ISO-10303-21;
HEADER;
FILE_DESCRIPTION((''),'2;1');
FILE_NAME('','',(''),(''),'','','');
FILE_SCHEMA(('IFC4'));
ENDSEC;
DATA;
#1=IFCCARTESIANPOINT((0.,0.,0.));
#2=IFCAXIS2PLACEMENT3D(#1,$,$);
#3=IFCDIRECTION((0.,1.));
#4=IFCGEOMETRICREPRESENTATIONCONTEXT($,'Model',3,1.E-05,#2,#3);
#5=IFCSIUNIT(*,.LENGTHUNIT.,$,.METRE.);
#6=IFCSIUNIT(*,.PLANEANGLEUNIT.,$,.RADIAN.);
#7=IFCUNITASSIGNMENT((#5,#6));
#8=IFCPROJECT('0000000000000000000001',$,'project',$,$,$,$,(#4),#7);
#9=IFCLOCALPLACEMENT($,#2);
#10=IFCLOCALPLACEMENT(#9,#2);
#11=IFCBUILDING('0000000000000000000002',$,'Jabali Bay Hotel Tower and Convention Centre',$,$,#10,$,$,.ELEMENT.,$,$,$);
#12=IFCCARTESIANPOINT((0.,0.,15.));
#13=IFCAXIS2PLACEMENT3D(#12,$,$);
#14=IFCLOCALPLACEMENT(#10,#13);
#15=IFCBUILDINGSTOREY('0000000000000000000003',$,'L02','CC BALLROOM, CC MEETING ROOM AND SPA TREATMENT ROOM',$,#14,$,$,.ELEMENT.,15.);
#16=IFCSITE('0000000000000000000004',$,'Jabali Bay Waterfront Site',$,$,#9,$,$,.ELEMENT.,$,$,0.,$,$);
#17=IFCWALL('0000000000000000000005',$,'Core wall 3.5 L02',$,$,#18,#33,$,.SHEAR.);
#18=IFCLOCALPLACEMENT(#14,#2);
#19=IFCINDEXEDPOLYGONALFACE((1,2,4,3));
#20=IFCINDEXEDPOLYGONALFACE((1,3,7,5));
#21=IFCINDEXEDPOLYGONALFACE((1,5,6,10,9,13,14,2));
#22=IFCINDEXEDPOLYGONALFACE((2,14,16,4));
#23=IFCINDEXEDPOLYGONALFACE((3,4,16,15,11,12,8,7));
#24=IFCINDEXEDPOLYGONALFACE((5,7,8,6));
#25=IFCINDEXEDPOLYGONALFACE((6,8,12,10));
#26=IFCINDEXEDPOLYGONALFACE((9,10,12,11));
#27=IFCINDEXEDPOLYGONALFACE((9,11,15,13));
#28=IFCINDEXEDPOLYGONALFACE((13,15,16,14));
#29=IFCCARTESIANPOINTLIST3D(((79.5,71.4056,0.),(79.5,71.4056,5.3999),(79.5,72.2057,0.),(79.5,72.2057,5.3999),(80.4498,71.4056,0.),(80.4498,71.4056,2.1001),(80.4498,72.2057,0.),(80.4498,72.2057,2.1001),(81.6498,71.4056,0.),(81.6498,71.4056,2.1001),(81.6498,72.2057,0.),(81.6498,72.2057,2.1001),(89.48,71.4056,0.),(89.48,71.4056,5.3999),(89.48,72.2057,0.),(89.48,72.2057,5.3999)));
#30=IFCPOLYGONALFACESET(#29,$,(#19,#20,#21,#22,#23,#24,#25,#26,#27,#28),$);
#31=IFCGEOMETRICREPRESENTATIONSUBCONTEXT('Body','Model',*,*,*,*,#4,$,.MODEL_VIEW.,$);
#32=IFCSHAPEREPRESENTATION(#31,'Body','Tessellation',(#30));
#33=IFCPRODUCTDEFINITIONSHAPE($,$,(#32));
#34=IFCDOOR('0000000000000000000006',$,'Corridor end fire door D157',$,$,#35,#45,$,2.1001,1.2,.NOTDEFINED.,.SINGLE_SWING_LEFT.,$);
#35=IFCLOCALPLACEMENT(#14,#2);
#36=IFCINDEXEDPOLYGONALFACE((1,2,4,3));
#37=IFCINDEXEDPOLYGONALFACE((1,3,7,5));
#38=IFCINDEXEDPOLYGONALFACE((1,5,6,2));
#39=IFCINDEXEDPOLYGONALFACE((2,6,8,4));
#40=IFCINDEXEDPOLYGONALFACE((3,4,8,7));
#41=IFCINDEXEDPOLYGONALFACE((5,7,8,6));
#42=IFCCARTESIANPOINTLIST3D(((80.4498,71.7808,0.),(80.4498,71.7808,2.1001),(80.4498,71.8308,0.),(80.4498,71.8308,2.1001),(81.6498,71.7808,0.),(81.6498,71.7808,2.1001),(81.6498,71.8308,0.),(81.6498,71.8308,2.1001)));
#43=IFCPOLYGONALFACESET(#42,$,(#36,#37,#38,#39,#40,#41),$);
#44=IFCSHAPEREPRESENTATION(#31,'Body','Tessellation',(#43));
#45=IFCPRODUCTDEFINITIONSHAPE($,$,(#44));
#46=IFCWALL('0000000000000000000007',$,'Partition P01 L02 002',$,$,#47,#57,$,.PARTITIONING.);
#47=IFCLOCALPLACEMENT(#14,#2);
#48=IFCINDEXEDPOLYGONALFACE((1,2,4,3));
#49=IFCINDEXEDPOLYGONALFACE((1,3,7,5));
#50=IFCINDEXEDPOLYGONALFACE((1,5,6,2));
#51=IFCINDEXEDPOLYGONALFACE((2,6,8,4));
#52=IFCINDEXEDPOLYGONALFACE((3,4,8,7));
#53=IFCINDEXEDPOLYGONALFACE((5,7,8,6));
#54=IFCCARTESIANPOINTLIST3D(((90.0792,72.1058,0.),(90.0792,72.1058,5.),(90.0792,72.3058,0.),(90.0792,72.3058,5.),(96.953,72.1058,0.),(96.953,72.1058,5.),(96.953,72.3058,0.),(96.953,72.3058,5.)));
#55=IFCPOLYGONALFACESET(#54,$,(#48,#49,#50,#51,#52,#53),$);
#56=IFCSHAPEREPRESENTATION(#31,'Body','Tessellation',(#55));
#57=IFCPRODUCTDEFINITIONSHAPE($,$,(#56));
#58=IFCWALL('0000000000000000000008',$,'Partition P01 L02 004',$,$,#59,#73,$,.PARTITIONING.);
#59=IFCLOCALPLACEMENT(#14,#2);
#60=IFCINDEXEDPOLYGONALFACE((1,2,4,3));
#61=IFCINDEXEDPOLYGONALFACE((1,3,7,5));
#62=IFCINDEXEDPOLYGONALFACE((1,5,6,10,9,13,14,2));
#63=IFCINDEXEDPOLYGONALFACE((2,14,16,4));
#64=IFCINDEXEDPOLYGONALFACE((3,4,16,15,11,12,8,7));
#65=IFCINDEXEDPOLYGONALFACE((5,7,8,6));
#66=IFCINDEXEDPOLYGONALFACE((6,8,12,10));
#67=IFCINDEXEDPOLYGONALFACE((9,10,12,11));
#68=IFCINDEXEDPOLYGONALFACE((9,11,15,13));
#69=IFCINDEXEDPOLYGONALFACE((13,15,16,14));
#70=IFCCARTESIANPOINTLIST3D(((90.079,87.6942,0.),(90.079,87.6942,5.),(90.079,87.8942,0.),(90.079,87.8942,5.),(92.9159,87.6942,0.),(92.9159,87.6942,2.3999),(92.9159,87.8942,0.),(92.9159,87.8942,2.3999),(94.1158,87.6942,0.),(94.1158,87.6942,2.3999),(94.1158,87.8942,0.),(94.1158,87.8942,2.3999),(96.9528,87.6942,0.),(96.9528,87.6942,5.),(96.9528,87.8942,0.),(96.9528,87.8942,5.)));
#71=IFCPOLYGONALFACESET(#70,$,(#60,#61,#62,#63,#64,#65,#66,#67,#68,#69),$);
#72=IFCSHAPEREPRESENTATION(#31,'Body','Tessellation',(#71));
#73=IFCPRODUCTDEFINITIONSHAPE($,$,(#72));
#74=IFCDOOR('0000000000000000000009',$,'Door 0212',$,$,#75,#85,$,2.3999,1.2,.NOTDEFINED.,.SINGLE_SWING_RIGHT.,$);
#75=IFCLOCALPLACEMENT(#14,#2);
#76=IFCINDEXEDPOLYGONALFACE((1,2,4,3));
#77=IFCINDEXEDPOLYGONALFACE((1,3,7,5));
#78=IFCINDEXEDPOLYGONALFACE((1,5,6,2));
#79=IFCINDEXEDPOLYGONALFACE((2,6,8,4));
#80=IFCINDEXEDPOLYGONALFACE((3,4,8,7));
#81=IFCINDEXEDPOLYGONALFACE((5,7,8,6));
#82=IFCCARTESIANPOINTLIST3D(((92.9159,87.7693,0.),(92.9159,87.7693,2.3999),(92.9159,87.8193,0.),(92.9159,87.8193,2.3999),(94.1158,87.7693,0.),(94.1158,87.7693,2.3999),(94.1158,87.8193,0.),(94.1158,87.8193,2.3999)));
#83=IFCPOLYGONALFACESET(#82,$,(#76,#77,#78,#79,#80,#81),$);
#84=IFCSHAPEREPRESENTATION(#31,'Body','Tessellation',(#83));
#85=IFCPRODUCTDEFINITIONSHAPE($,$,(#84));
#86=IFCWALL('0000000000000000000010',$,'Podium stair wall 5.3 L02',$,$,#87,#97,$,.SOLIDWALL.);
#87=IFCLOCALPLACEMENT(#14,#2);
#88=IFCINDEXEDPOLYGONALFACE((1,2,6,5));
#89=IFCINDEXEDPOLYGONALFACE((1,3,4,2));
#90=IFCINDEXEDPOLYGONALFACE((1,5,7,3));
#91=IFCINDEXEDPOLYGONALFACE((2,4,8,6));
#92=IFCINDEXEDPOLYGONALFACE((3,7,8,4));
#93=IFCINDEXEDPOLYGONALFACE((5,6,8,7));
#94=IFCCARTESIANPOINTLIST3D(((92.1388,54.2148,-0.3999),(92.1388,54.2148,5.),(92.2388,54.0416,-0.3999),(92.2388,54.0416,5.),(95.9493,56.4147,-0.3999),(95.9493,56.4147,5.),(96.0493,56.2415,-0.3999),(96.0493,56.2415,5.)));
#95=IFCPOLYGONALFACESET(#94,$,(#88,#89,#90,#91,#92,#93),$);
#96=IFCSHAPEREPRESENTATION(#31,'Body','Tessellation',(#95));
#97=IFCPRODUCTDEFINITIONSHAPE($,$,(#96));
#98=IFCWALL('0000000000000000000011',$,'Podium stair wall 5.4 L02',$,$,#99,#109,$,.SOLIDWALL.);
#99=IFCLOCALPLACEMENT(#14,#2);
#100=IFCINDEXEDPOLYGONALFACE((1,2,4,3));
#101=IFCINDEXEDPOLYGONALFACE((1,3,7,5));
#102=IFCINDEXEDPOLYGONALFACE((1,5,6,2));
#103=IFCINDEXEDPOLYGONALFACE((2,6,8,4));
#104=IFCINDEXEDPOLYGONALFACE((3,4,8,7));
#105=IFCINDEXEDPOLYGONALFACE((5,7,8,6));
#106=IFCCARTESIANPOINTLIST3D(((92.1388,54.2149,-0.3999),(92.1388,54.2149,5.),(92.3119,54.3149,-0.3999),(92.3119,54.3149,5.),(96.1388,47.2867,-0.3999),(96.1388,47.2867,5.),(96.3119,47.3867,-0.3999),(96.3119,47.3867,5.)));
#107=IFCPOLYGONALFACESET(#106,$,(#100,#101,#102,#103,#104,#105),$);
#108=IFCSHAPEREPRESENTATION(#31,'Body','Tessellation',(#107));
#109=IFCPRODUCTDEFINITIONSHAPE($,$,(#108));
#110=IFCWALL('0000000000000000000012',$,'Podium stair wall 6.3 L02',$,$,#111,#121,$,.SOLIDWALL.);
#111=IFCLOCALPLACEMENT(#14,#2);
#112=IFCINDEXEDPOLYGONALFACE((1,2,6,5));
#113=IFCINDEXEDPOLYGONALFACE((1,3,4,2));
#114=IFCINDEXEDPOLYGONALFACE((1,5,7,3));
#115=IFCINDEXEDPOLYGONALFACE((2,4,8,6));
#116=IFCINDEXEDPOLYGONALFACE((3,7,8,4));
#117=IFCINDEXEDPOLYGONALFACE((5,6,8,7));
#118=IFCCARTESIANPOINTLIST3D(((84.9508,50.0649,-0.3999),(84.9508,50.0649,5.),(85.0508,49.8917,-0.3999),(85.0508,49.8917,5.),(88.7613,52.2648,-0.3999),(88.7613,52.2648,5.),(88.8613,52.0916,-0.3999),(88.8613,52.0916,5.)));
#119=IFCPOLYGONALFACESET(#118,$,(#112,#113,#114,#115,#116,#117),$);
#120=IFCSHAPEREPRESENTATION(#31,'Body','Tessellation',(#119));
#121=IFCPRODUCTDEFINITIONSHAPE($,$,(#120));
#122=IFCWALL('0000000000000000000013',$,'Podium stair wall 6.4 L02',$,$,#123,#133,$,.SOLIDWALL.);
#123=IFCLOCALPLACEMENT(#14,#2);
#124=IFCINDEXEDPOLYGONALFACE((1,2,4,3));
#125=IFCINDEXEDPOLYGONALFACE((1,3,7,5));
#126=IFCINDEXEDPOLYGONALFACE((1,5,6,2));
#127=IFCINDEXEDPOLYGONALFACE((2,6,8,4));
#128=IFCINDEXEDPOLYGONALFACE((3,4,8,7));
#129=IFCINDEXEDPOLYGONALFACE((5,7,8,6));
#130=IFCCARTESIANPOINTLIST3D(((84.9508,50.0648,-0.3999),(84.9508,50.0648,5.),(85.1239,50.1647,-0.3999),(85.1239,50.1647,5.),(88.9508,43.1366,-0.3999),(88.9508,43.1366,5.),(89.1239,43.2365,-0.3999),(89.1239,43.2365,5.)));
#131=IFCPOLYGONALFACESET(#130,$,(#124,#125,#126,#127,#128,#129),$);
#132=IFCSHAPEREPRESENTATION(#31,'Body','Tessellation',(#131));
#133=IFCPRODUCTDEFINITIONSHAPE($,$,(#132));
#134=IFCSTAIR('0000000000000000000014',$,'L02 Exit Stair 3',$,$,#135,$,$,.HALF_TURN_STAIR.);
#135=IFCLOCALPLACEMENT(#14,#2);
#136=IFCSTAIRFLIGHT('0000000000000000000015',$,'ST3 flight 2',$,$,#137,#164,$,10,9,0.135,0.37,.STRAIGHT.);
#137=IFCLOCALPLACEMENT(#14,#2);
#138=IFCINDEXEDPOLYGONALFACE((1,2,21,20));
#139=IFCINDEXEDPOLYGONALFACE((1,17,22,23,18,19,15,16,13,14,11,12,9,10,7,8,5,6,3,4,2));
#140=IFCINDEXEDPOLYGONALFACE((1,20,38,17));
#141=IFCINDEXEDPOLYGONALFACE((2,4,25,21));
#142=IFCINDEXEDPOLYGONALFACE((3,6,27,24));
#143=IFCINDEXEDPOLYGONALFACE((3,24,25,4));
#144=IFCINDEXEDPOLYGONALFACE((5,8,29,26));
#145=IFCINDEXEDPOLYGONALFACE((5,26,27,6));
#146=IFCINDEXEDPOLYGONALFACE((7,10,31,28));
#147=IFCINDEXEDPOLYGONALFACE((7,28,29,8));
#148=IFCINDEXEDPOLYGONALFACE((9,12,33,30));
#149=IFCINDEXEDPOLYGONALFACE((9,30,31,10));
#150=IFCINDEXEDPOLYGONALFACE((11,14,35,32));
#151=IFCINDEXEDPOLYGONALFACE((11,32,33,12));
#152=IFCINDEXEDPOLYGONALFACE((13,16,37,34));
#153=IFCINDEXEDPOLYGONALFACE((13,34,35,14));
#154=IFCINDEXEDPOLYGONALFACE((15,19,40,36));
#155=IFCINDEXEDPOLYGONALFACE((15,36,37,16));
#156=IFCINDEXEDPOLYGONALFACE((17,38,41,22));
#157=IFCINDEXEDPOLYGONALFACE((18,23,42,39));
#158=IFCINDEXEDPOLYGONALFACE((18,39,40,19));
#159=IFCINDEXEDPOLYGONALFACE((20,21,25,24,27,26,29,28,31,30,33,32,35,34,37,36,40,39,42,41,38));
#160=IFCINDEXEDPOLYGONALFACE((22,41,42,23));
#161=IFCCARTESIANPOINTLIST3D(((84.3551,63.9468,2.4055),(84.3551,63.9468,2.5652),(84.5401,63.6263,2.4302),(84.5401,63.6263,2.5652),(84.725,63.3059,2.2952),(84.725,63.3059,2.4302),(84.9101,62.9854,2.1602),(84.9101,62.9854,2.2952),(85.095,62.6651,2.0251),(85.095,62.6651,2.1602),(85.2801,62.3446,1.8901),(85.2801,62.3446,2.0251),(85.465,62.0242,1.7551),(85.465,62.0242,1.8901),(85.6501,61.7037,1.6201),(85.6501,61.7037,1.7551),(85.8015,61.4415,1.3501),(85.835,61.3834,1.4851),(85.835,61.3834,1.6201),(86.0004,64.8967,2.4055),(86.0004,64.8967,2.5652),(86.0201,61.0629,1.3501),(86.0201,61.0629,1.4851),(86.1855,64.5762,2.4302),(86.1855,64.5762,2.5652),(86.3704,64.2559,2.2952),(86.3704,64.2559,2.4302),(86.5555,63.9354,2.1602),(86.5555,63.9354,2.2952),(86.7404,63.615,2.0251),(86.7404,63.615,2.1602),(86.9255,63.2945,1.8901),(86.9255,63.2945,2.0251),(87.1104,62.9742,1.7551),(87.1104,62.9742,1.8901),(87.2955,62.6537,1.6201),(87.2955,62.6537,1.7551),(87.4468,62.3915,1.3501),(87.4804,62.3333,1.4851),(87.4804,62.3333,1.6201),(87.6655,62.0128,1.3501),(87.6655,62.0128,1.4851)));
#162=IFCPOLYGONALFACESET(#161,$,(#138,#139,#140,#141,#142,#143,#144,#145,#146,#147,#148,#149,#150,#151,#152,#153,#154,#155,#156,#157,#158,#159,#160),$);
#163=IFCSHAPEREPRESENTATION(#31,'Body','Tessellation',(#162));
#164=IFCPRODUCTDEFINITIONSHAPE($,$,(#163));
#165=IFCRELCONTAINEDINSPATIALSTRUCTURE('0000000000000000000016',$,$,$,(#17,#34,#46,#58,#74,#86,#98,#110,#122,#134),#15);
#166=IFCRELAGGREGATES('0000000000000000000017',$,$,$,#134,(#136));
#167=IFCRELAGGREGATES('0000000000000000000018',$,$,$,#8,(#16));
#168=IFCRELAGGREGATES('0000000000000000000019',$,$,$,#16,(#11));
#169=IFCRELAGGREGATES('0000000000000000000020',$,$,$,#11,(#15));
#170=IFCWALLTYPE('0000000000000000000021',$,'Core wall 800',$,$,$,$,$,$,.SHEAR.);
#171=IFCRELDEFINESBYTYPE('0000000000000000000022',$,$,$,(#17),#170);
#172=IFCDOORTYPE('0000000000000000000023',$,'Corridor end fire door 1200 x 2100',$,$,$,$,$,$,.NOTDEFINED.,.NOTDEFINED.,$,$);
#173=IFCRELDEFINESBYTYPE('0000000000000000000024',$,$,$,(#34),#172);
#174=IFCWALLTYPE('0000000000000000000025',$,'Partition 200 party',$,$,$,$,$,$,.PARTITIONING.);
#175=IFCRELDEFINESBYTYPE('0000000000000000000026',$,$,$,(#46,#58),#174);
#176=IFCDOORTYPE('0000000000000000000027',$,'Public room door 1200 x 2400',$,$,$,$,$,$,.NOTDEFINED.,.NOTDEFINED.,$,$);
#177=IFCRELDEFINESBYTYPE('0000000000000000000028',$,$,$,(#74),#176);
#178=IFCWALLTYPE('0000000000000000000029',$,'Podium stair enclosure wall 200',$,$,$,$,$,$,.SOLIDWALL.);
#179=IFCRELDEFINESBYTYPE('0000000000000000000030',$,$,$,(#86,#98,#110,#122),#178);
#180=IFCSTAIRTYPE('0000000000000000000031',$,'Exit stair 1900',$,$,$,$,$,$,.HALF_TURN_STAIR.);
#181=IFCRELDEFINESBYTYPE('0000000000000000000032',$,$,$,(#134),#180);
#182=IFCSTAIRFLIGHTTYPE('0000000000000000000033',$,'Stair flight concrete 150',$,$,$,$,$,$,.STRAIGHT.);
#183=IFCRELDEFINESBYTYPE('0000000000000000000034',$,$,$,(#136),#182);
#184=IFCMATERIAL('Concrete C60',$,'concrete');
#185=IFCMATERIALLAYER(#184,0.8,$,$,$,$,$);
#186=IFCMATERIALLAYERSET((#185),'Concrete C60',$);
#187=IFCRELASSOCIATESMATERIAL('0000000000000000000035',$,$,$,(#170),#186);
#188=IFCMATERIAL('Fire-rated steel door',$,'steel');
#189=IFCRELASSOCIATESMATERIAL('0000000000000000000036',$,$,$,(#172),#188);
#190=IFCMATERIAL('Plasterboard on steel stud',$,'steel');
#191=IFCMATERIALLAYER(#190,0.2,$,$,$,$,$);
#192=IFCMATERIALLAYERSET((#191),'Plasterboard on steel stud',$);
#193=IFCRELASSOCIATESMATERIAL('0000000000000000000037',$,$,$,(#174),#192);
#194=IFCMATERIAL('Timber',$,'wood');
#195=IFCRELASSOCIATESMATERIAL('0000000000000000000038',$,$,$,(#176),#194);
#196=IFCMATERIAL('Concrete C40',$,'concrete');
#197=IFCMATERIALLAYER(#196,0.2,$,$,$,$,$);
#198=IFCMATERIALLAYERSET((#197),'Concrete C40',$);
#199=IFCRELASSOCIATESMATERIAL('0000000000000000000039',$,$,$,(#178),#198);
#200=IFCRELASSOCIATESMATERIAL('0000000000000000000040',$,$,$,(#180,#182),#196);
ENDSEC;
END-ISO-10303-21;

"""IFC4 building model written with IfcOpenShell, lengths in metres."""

from ifc_helpers import new_model, si_unit, direction, frame, frame_2d, origin, place, context, subcontext, project, spatial, polyline, rectangle, outline, extrude, material, layer, layer_set, type_object, element, fill, aggregate, save


model = new_model("IFC4")

# Units and contexts
model_context = context("Model", 3, precision=1e-05, world=origin(), true_north=direction((0.0, 1.0)))
body_context = subcontext(model_context, "Body", "Model", "MODEL_VIEW")
ifc_project = project(units=[si_unit("LENGTHUNIT", "METRE"), si_unit("PLANEANGLEUNIT", "RADIAN")], contexts=[model_context])

# Site, building, storey
site_placement = place(None, origin())
site = spatial("IfcSite", under=ifc_project, at=site_placement, Name="Jabali Bay Waterfront Site", CompositionType="ELEMENT", RefElevation=0.0)
building_placement = place(site_placement, origin())
building = spatial("IfcBuilding", under=site, at=building_placement, Name="Jabali Bay Hotel Tower and Convention Centre", CompositionType="ELEMENT")
storey_placement = place(building_placement, frame((0.0, 0.0, 15.0)))
storey = spatial("IfcBuildingStorey", under=building, at=storey_placement, Name="L02", Description="CC BALLROOM, CC MEETING ROOM AND SPA TREATMENT ROOM", CompositionType="ELEMENT", Elevation=15.0)

# Shared definitions
ifc_material_1 = material(Name="Concrete C40", Category="concrete")

# Shared definitions
ifc_material_2 = material(Name="Fire-rated steel door", Category="steel")

# Shared definitions
ifc_material_3 = material(Name="Concrete C60", Category="concrete")
ifc_layer_1 = layer(ifc_material_3, 0.8)
ifc_layer_set_1 = layer_set([ifc_layer_1], Name="Concrete C60")
wall_type_1 = type_object("IfcWallType", Name="Core wall 800", PredefinedType="SHEAR", material=ifc_layer_set_1)

# Wall, opening, door
wall_1_placement = place(storey_placement, frame((89.48, 71.8057, 0.0), z_axis=(0.0, 0.0, 1.0), x_axis=(-1.0, 0.0, 0.0)))
wall_1 = element("IfcWall", 1, at=wall_1_placement, inside=storey, type_object=wall_type_1, Name="Core wall 3.5 L02", PredefinedType="SHEAR", context=body_context, shape_type="SweptSolid", body=[
    extrude(rectangle(XDim=9.98, YDim=0.8, at=frame_2d((4.99, 0.0))), origin(), (0.0, 0.0, 1.0), 5.3999),
])
opening_1_placement = place(wall_1_placement, frame((7.8301, 0.0, 0.0)))
opening_1 = element("IfcOpeningElement", 2, at=opening_1_placement, cuts=wall_1, PredefinedType="OPENING", context=body_context, shape_type="SweptSolid", body=[
    extrude(rectangle(XDim=1.2, YDim=2.1001, at=frame_2d((0.6001, 1.05))), frame((0.0, 0.4106, 0.0), z_axis=(0.0, -1.0, 0.0), x_axis=(1.0, 0.0, 0.0)), (0.0, 0.0, 1.0), 0.821),
])
door_type_1 = type_object("IfcDoorType", Name="Corridor end fire door 1200 x 2100", OperationType="NOTDEFINED", PredefinedType="NOTDEFINED", material=ifc_material_2)
door_1_placement = place(opening_1_placement, origin())
door_1 = element("IfcDoor", 3, at=door_1_placement, inside=storey, type_object=door_type_1, Name="Corridor end fire door D157", OperationType="SINGLE_SWING_LEFT", OverallHeight=2.1001, OverallWidth=1.2, PredefinedType="NOTDEFINED", context=body_context, shape_type="SweptSolid", body=[
    extrude(rectangle(XDim=1.2, YDim=2.1001, at=frame_2d((0.6001, 1.05))), frame((0.0, 0.0249, 0.0), z_axis=(0.0, -1.0, 0.0), x_axis=(1.0, 0.0, 0.0)), (0.0, 0.0, 1.0), 0.05),
])
fill(opening_1, door_1)

# Wall
ifc_material_4 = material(Name="Plasterboard on steel stud", Category="steel")
ifc_layer_2 = layer(ifc_material_4, 0.2)
ifc_layer_set_2 = layer_set([ifc_layer_2], Name="Plasterboard on steel stud")
wall_type_2 = type_object("IfcWallType", Name="Partition 200 party", PredefinedType="PARTITIONING", material=ifc_layer_set_2)
wall_2_placement = place(storey_placement, frame((90.0791, 72.2058, 0.0), z_axis=(0.0, 0.0, 1.0), x_axis=(1.0, 0.0, 0.0)))
element("IfcWall", 4, at=wall_2_placement, inside=storey, type_object=wall_type_2, Name="Partition P01 L02 002", PredefinedType="PARTITIONING", context=body_context, shape_type="SweptSolid", body=[
    extrude(rectangle(XDim=6.8738, YDim=0.2, at=frame_2d((3.437, 0.0))), origin(), (0.0, 0.0, 1.0), 5.0),
])

# Wall, opening, door
wall_3_placement = place(storey_placement, frame((96.9529, 87.7942, 0.0), z_axis=(0.0, 0.0, 1.0), x_axis=(-1.0, 0.0, 0.0)))
wall_3 = element("IfcWall", 5, at=wall_3_placement, inside=storey, type_object=wall_type_2, Name="Partition P01 L02 004", PredefinedType="PARTITIONING", context=body_context, shape_type="SweptSolid", body=[
    extrude(rectangle(XDim=6.8738, YDim=0.2, at=frame_2d((3.437, 0.0))), origin(), (0.0, 0.0, 1.0), 5.0),
])
opening_2_placement = place(wall_3_placement, frame((2.8369, 0.0, 0.0)))
opening_2 = element("IfcOpeningElement", 6, at=opening_2_placement, cuts=wall_3, PredefinedType="OPENING", context=body_context, shape_type="SweptSolid", body=[
    extrude(rectangle(XDim=1.2, YDim=2.3999, at=frame_2d((0.6001, 1.2))), frame((0.0, 0.1104, 0.0), z_axis=(0.0, -1.0, 0.0), x_axis=(1.0, 0.0, 0.0)), (0.0, 0.0, 1.0), 0.2209),
])
ifc_material_5 = material(Name="Timber", Category="wood")
door_type_2 = type_object("IfcDoorType", Name="Public room door 1200 x 2400", OperationType="NOTDEFINED", PredefinedType="NOTDEFINED", material=ifc_material_5)
door_2_placement = place(opening_2_placement, origin())
door_2 = element("IfcDoor", 7, at=door_2_placement, inside=storey, type_object=door_type_2, Name="Door 0212", OperationType="SINGLE_SWING_RIGHT", OverallHeight=2.3999, OverallWidth=1.2, PredefinedType="NOTDEFINED", context=body_context, shape_type="SweptSolid", body=[
    extrude(rectangle(XDim=1.2, YDim=2.3999, at=frame_2d((0.6001, 1.2))), frame((0.0, 0.0249, 0.0), z_axis=(0.0, -1.0, 0.0), x_axis=(1.0, 0.0, 0.0)), (0.0, 0.0, 1.0), 0.05),
])
fill(opening_2, door_2)

# Walls
ifc_layer_3 = layer(ifc_material_1, 0.2)
ifc_layer_set_3 = layer_set([ifc_layer_3], Name="Concrete C40")
wall_type_3 = type_object("IfcWallType", Name="Podium stair enclosure wall 200", PredefinedType="SOLIDWALL", material=ifc_layer_set_3)
wall_4_placement = place(storey_placement, frame((95.9993, 56.3281, -0.3999), z_axis=(0.0, 0.0, 1.0), x_axis=(-0.866032, -0.499988, 0.0)))
element("IfcWall", 8, at=wall_4_placement, inside=storey, type_object=wall_type_3, Name="Podium stair wall 5.3 L02", PredefinedType="SOLIDWALL", context=body_context, shape_type="SweptSolid", body=[
    extrude(rectangle(XDim=4.3999, YDim=0.2, at=frame_2d((2.2, 0.0))), origin(), (0.0, 0.0, 1.0), 5.3999),
])
wall_5_placement = place(storey_placement, frame((92.2253, 54.2649, -0.3999), z_axis=(0.0, 0.0, 1.0), x_axis=(0.499999, -0.866026, 0.0)))
element("IfcWall", 9, at=wall_5_placement, inside=storey, type_object=wall_type_3, Name="Podium stair wall 5.4 L02", PredefinedType="SOLIDWALL", context=body_context, shape_type="SweptSolid", body=[
    extrude(rectangle(XDim=8.0, YDim=0.2, at=frame_2d((4.0, 0.0))), origin(), (0.0, 0.0, 1.0), 5.3999),
])
wall_6_placement = place(storey_placement, frame((88.8113, 52.1782, -0.3999), z_axis=(0.0, 0.0, 1.0), x_axis=(-0.866032, -0.499988, 0.0)))
element("IfcWall", 10, at=wall_6_placement, inside=storey, type_object=wall_type_3, Name="Podium stair wall 6.3 L02", PredefinedType="SOLIDWALL", context=body_context, shape_type="SweptSolid", body=[
    extrude(rectangle(XDim=4.3999, YDim=0.2, at=frame_2d((2.2, 0.0))), origin(), (0.0, 0.0, 1.0), 5.3999),
])
wall_7_placement = place(storey_placement, frame((85.0374, 50.1147, -0.3999), z_axis=(0.0, 0.0, 1.0), x_axis=(0.499999, -0.866026, 0.0)))
element("IfcWall", 11, at=wall_7_placement, inside=storey, type_object=wall_type_3, Name="Podium stair wall 6.4 L02", PredefinedType="SOLIDWALL", context=body_context, shape_type="SweptSolid", body=[
    extrude(rectangle(XDim=8.0, YDim=0.2, at=frame_2d((4.0, 0.0))), origin(), (0.0, 0.0, 1.0), 5.3999),
])

# Stair, stair flight
stair_type_1 = type_object("IfcStairType", Name="Exit stair 1900", PredefinedType="HALF_TURN_STAIR", material=ifc_material_1)
stair_1_placement = place(storey_placement, origin())
stair_1 = element("IfcStair", 12, at=stair_1_placement, inside=storey, type_object=stair_type_1, Name="L02 Exit Stair 3", PredefinedType="HALF_TURN_STAIR")
stair_flight_type = type_object("IfcStairFlightType", Name="Stair flight concrete 150", PredefinedType="STRAIGHT", material=ifc_material_1)
stair_flight_1_placement = place(storey_placement, frame((86.8428, 61.5378, 1.3501), z_axis=(0.0, 0.0, 1.0), x_axis=(-0.5, 0.866025, 0.0)))
stair_flight_1 = element("IfcStairFlight", 13, at=stair_flight_1_placement, type_object=stair_flight_type, Name="ST3 flight 2", NumberOfRisers=10, NumberOfTreads=9, PredefinedType="STRAIGHT", RiserHeight=0.135, TreadLength=0.37, context=body_context, shape_type="SweptSolid", body=[
    extrude(outline(polyline([(0.0, 0.0), (0.0, 0.135), (0.3701, 0.135), (0.3701, 0.27), (0.74, 0.27), (0.74, 0.405), (1.1101, 0.405), (1.1101, 0.54), (1.48, 0.54), (1.48, 0.675), (1.8501, 0.675), (1.8501, 0.8101), (2.22, 0.8101), (2.22, 0.9451), (2.5901, 0.9451), (2.5901, 1.0801), (2.96, 1.0801), (2.96, 1.2151), (3.3301, 1.2151), (3.3301, 1.3501), (3.3301, 1.0554), (0.4373, 0.0), (0.0, 0.0)])), frame((0.0, 0.95, 0.0), z_axis=(0.0, -1.0, 0.0), x_axis=(1.0, 0.0, 0.0)), (0.0, 0.0, 1.0), 1.8999),
])
aggregate(stair_1, [stair_flight_1])

save(model, "model.ifc")
